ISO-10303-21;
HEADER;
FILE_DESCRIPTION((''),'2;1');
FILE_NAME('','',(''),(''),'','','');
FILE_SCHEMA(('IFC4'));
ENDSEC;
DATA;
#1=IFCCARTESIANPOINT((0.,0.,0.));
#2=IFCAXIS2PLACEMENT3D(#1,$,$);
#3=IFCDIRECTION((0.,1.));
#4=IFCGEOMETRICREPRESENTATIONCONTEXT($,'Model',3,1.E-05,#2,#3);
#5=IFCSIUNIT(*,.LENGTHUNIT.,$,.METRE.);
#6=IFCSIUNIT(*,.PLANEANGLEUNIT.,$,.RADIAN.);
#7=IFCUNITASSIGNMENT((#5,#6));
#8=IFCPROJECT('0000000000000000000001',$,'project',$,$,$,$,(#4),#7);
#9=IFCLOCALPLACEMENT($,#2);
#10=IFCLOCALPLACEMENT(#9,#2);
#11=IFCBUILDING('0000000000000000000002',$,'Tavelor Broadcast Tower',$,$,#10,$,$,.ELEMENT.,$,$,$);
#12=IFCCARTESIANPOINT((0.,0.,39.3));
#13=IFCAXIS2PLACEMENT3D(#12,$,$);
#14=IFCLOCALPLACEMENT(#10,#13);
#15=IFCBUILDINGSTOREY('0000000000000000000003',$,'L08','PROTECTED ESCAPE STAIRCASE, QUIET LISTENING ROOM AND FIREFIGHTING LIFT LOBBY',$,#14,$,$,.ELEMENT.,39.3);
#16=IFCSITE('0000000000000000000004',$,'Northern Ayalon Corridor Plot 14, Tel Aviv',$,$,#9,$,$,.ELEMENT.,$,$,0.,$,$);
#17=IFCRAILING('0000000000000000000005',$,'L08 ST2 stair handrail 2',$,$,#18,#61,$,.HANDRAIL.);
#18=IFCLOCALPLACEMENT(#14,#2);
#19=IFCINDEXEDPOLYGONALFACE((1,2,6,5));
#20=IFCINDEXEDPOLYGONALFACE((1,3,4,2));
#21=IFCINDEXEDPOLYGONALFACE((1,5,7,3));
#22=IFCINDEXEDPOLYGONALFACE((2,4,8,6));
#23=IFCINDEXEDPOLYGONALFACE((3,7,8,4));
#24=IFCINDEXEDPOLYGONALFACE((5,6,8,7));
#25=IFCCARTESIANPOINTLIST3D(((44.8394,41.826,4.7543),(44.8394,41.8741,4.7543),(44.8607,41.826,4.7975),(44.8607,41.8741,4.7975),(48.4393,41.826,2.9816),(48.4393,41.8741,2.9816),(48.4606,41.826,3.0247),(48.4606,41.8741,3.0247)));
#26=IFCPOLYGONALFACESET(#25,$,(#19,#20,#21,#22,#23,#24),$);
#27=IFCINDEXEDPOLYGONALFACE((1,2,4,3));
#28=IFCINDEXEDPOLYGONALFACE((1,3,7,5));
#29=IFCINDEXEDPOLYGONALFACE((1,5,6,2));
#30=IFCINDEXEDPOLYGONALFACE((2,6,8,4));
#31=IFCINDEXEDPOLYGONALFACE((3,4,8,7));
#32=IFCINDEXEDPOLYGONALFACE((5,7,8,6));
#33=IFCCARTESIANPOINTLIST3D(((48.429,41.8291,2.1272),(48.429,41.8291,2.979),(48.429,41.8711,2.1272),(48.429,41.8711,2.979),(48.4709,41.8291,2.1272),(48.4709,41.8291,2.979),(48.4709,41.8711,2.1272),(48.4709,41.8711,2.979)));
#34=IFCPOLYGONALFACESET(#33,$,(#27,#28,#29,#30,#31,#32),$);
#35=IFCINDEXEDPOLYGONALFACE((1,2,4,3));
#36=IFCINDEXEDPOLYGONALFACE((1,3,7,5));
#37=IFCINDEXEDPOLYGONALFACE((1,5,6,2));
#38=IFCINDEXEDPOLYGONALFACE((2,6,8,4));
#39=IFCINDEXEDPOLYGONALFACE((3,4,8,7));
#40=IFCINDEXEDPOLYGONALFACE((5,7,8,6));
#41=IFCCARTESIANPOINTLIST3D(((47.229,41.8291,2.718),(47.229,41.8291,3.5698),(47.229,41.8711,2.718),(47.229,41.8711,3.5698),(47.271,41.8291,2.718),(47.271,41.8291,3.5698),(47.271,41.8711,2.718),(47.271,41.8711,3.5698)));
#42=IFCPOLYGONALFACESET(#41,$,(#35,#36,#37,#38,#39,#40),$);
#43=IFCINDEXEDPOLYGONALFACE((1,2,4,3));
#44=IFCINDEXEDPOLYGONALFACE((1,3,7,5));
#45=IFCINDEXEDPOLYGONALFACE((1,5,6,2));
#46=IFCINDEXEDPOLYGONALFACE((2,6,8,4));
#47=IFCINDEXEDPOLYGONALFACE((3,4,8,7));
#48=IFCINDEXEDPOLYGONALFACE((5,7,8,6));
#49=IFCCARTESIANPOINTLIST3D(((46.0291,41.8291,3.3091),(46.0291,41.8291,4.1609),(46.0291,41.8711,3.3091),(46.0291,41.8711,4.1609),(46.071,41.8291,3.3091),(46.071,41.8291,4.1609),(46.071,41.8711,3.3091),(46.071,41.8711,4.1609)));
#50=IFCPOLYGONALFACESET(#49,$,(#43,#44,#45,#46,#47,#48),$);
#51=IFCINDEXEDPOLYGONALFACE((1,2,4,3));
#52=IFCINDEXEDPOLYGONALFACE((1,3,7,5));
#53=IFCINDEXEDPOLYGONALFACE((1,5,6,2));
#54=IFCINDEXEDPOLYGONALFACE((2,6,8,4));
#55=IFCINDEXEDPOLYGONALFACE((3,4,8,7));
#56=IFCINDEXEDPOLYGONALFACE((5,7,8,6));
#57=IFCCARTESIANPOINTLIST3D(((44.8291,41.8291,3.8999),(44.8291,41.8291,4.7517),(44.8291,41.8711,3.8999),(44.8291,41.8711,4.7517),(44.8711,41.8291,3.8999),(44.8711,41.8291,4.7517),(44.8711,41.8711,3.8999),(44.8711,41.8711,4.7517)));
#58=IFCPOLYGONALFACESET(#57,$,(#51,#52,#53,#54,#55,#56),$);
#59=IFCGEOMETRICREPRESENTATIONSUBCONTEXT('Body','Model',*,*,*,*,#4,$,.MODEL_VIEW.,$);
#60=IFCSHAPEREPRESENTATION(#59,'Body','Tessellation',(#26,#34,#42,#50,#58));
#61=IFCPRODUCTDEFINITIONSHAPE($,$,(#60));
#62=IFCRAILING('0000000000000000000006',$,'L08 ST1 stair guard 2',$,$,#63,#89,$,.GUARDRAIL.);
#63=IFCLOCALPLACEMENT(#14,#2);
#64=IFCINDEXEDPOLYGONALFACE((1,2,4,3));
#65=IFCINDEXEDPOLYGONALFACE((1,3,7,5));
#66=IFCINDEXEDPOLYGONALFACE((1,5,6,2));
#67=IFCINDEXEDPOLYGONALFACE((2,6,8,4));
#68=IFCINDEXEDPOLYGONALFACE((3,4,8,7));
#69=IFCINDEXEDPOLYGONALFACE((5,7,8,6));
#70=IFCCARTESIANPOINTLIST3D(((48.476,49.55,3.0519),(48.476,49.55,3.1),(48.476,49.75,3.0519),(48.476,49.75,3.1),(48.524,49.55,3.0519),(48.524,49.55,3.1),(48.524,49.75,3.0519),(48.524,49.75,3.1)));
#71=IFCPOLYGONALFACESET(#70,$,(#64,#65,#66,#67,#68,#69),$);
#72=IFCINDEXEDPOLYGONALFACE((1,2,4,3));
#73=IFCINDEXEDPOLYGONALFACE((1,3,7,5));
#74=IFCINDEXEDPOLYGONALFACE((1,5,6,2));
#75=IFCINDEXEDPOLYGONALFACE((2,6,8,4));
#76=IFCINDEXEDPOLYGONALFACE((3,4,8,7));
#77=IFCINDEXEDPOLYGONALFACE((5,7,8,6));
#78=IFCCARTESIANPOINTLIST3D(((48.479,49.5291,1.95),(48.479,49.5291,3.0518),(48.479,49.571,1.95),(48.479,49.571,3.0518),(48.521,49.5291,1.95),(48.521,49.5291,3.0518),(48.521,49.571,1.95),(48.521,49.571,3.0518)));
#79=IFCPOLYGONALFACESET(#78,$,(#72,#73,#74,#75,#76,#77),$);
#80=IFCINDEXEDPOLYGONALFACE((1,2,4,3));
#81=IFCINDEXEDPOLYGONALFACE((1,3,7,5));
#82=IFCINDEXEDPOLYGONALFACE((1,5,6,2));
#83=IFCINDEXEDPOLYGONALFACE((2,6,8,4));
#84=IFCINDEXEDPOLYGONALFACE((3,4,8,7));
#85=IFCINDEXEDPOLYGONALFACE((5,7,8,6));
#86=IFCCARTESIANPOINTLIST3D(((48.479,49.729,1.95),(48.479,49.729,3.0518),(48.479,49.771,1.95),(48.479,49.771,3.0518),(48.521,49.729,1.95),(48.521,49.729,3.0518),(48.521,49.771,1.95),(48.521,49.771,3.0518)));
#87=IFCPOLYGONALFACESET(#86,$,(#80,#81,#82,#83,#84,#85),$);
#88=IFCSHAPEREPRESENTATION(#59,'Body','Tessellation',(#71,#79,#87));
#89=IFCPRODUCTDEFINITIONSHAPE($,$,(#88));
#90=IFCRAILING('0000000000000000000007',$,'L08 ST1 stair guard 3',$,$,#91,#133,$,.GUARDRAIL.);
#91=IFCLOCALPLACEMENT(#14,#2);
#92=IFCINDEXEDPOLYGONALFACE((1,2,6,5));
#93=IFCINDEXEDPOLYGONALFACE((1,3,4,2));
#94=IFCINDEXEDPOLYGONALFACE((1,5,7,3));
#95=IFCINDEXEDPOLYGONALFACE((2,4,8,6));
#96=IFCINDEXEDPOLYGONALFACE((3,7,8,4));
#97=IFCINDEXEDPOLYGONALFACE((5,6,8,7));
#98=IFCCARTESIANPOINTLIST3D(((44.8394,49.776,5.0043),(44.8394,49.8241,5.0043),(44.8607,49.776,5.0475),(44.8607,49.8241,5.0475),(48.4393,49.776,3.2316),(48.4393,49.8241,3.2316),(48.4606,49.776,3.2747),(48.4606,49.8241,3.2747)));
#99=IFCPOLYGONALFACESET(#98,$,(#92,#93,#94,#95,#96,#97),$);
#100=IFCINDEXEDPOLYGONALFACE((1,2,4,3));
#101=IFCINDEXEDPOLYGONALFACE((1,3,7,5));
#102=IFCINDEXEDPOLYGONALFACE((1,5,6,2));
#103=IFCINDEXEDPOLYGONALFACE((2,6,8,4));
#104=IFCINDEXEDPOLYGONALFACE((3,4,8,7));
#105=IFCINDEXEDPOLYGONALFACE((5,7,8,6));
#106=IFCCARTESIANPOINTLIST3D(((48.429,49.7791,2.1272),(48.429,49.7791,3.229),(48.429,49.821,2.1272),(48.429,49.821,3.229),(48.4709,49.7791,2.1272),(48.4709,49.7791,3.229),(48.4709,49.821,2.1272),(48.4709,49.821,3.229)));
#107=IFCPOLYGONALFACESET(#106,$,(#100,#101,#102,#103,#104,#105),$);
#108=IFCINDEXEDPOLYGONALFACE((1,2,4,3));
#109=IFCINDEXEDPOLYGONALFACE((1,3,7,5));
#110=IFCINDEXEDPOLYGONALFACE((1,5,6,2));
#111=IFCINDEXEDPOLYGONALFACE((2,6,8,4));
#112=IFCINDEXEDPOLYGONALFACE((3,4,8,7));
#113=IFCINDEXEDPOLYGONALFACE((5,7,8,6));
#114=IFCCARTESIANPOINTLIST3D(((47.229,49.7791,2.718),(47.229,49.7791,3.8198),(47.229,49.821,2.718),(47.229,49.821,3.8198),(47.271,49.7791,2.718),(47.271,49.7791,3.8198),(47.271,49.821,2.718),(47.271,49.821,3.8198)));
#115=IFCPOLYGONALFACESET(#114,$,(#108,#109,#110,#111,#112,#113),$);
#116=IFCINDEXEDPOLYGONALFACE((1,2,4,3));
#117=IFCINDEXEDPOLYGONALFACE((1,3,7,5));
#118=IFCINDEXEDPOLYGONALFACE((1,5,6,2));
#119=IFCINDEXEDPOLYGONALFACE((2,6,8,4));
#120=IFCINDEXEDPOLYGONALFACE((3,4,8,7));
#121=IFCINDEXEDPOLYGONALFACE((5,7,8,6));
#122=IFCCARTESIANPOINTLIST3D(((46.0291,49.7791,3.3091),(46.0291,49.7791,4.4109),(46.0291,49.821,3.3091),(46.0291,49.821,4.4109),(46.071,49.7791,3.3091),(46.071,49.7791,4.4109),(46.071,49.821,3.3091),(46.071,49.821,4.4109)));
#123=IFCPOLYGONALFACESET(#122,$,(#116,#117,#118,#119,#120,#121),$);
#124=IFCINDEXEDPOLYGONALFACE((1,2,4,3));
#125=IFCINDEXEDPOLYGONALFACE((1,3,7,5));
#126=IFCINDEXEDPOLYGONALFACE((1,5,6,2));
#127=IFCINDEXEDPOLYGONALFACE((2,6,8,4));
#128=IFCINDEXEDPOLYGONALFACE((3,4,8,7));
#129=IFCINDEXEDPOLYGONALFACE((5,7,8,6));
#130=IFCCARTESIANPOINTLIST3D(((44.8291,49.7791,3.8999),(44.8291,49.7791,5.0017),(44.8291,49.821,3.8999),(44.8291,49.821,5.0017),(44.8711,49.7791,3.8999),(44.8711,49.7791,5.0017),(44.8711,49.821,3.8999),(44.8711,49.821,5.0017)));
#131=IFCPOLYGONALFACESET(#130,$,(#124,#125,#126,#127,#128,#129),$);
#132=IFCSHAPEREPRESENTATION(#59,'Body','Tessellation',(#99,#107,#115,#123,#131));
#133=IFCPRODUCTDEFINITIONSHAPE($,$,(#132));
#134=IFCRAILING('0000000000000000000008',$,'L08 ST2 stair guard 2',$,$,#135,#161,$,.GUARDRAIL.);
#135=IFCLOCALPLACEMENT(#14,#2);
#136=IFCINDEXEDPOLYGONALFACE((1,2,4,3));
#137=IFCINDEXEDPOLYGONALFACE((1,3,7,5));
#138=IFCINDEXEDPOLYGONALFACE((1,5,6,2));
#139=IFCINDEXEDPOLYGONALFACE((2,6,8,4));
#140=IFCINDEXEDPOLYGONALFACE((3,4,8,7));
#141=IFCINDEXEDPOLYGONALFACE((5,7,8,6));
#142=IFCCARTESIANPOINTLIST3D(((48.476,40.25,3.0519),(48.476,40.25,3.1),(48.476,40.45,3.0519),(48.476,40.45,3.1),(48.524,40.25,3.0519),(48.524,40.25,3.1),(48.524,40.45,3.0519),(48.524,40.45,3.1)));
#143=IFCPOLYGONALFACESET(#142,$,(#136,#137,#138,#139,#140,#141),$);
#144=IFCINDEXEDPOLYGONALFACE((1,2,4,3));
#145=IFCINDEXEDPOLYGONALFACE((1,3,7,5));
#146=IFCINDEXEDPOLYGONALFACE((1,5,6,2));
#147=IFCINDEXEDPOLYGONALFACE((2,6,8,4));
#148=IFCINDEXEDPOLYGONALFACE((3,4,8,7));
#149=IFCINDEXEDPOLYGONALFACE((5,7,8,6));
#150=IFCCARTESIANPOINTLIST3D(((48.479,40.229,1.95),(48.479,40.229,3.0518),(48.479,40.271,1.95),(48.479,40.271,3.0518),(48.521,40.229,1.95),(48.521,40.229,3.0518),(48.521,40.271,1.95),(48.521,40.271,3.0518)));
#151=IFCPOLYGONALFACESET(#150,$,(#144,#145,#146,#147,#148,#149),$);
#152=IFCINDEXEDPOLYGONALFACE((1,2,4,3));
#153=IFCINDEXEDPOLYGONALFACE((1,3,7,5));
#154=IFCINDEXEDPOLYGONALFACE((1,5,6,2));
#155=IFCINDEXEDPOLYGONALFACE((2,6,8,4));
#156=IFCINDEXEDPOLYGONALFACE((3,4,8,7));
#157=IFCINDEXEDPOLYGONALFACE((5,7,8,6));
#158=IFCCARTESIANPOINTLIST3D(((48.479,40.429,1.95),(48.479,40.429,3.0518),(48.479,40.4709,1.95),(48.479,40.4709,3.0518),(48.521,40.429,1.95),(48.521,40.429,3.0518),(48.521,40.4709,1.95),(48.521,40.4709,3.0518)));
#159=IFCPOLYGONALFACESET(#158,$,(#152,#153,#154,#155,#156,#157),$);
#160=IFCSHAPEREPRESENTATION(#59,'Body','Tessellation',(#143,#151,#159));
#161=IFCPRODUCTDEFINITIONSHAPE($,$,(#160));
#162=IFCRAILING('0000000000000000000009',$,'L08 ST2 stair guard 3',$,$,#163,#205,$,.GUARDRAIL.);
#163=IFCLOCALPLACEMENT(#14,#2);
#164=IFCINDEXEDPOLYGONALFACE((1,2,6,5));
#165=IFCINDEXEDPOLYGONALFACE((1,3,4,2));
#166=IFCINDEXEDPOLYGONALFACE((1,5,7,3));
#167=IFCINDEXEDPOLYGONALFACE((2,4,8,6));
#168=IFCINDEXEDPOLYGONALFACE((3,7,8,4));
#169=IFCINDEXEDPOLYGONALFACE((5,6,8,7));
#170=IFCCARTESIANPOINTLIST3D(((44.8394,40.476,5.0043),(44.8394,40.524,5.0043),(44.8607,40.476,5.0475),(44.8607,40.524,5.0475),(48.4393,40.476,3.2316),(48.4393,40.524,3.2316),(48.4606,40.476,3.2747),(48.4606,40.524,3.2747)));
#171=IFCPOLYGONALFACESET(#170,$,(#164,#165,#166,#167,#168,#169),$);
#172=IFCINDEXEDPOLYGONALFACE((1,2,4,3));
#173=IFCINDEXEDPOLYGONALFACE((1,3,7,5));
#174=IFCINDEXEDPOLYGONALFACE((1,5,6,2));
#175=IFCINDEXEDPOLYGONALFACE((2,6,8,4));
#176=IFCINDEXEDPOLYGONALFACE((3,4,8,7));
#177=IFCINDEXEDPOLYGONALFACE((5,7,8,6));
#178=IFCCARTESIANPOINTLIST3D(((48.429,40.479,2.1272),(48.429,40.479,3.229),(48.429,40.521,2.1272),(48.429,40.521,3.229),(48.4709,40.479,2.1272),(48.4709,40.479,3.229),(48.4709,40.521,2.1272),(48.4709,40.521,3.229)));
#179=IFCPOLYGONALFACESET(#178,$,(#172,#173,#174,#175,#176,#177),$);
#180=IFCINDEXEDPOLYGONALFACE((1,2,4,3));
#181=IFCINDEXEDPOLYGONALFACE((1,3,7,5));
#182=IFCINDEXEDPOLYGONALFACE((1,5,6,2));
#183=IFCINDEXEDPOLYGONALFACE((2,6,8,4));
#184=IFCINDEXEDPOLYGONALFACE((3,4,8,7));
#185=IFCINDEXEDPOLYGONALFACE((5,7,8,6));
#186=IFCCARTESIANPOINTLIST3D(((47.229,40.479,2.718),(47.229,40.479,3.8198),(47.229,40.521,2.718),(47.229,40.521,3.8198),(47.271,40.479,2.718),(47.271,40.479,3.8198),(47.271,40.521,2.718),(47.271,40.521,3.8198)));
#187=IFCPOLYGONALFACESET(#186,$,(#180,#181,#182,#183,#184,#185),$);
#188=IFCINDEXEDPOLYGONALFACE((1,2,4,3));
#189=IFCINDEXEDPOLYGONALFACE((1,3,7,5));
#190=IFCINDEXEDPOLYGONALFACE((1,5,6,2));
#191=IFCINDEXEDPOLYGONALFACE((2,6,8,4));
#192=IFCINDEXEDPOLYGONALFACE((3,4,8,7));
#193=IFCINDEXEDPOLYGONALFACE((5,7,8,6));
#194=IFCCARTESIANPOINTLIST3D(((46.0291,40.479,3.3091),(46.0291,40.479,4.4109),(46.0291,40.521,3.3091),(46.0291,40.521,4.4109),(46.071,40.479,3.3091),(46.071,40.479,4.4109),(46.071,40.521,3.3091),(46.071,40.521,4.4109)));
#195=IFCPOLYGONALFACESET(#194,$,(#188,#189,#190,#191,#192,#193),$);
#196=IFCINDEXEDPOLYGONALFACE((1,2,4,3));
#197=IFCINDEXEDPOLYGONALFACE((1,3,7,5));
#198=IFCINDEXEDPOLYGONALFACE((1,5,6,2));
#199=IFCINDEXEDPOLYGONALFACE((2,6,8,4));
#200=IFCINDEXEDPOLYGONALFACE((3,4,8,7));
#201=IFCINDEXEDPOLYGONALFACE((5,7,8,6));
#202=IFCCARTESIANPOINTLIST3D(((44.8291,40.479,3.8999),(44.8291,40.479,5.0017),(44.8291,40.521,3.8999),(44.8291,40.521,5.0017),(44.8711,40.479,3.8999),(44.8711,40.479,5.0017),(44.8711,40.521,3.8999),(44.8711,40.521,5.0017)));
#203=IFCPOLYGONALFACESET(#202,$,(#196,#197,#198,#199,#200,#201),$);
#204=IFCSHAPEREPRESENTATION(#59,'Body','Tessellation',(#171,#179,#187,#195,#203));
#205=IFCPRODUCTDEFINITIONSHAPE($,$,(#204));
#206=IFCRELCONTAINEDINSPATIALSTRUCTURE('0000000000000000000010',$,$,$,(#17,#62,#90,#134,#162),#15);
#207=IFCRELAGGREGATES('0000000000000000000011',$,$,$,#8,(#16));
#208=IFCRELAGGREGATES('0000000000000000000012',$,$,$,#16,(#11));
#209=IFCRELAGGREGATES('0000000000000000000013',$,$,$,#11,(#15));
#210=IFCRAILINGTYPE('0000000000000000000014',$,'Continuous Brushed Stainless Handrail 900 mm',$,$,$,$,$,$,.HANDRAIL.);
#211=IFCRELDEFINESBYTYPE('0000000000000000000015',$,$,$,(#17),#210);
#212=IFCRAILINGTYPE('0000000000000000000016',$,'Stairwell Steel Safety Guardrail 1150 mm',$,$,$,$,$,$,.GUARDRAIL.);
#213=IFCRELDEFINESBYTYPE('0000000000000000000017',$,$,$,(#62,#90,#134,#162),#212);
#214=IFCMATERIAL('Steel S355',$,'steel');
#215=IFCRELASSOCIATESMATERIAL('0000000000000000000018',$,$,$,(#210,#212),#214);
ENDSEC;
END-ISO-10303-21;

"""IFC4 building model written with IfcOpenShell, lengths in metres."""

from ifc_helpers import new_model, si_unit, direction, frame, origin, origin_2d, place, context, subcontext, project, spatial, rectangle, extrude, material, type_object, element, save


model = new_model("IFC4")

# Units and contexts
model_context = context("Model", 3, precision=1e-05, world=origin(), true_north=direction((0.0, 1.0)))
body_context = subcontext(model_context, "Body", "Model", "MODEL_VIEW")
ifc_project = project(units=[si_unit("LENGTHUNIT", "METRE"), si_unit("PLANEANGLEUNIT", "RADIAN")], contexts=[model_context])

# Site, building, storey
site_placement = place(None, origin())
site = spatial("IfcSite", under=ifc_project, at=site_placement, Name="Northern Ayalon Corridor Plot 14, Tel Aviv", CompositionType="ELEMENT", RefElevation=0.0)
building_placement = place(site_placement, origin())
building = spatial("IfcBuilding", under=site, at=building_placement, Name="Tavelor Broadcast Tower", CompositionType="ELEMENT")
storey_placement = place(building_placement, frame((0.0, 0.0, 39.3)))
storey = spatial("IfcBuildingStorey", under=building, at=storey_placement, Name="L08", Description="PROTECTED ESCAPE STAIRCASE, QUIET LISTENING ROOM AND FIREFIGHTING LIFT LOBBY", CompositionType="ELEMENT", Elevation=39.3)

# Shared definitions
ifc_material_1 = material(Name="Steel S355", Category="steel")

# Railings
railing_type_1 = type_object("IfcRailingType", Name="Continuous Brushed Stainless Handrail 900 mm", PredefinedType="HANDRAIL", material=ifc_material_1)
for number, where, name in (
    (1, (48.45, 41.8501, 2.1272), "L08 ST2 stair handrail 2"),
):
    element("IfcRailing", number, at=place(storey_placement, frame(where)), inside=storey, type_object=railing_type_1, Name=name, PredefinedType="HANDRAIL", context=body_context, shape_type="SweptSolid", body=[
        extrude(rectangle(XDim=0.0481, YDim=0.0481, at=origin_2d()), frame((0.0, 0.0, 0.876), z_axis=(-0.897124, 0.0, 0.441778), x_axis=(0.0, -1.0, 0.0)), (0.0, 0.0, 1.0), 4.0127),
        extrude(rectangle(XDim=0.042, YDim=0.042, at=origin_2d()), origin(), (0.0, 0.0, 1.0), 0.8518),
        extrude(rectangle(XDim=0.042, YDim=0.042, at=origin_2d()), frame((-1.2, 0.0, 0.5908)), (0.0, 0.0, 1.0), 0.8518),
        extrude(rectangle(XDim=0.042, YDim=0.042, at=origin_2d()), frame((-2.3999, 0.0, 1.1819)), (0.0, 0.0, 1.0), 0.8518),
        extrude(rectangle(XDim=0.042, YDim=0.042, at=origin_2d()), frame((-3.5999, 0.0, 1.7727)), (0.0, 0.0, 1.0), 0.8518),
    ])
railing_type_2 = type_object("IfcRailingType", Name="Stairwell Steel Safety Guardrail 1150 mm", PredefinedType="GUARDRAIL", material=ifc_material_1)
railing_1_placement = place(storey_placement, frame((48.5, 49.55, 1.95)))
element("IfcRailing", 2, at=railing_1_placement, inside=storey, type_object=railing_type_2, Name="L08 ST1 stair guard 2", PredefinedType="GUARDRAIL", context=body_context, shape_type="SweptSolid", body=[
    extrude(rectangle(XDim=0.0481, YDim=0.0481, at=origin_2d()), frame((0.0, 0.0, 1.126), z_axis=(0.0, 1.0, 0.0), x_axis=(-1.0, 0.0, 0.0)), (0.0, 0.0, 1.0), 0.2),
    extrude(rectangle(XDim=0.042, YDim=0.042, at=origin_2d()), origin(), (0.0, 0.0, 1.0), 1.1018),
    extrude(rectangle(XDim=0.042, YDim=0.042, at=origin_2d()), frame((0.0, 0.2, 0.0)), (0.0, 0.0, 1.0), 1.1018),
])
railing_2_placement = place(storey_placement, frame((48.45, 49.8, 2.1272)))
element("IfcRailing", 3, at=railing_2_placement, inside=storey, type_object=railing_type_2, Name="L08 ST1 stair guard 3", PredefinedType="GUARDRAIL", context=body_context, shape_type="SweptSolid", body=[
    extrude(rectangle(XDim=0.0481, YDim=0.0481, at=origin_2d()), frame((0.0, 0.0, 1.126), z_axis=(-0.897124, 0.0, 0.441778), x_axis=(0.0, -1.0, 0.0)), (0.0, 0.0, 1.0), 4.0127),
    extrude(rectangle(XDim=0.042, YDim=0.042, at=origin_2d()), origin(), (0.0, 0.0, 1.0), 1.1018),
    extrude(rectangle(XDim=0.042, YDim=0.042, at=origin_2d()), frame((-1.2, 0.0, 0.5908)), (0.0, 0.0, 1.0), 1.1018),
    extrude(rectangle(XDim=0.042, YDim=0.042, at=origin_2d()), frame((-2.3999, 0.0, 1.1819)), (0.0, 0.0, 1.0), 1.1018),
    extrude(rectangle(XDim=0.042, YDim=0.042, at=origin_2d()), frame((-3.5999, 0.0, 1.7727)), (0.0, 0.0, 1.0), 1.1018),
])
railing_3_placement = place(storey_placement, frame((48.5, 40.25, 1.95)))
element("IfcRailing", 4, at=railing_3_placement, inside=storey, type_object=railing_type_2, Name="L08 ST2 stair guard 2", PredefinedType="GUARDRAIL", context=body_context, shape_type="SweptSolid", body=[
    extrude(rectangle(XDim=0.0481, YDim=0.0481, at=origin_2d()), frame((0.0, 0.0, 1.126), z_axis=(0.0, 1.0, 0.0), x_axis=(-1.0, 0.0, 0.0)), (0.0, 0.0, 1.0), 0.2),
    extrude(rectangle(XDim=0.042, YDim=0.042, at=origin_2d()), origin(), (0.0, 0.0, 1.0), 1.1018),
    extrude(rectangle(XDim=0.042, YDim=0.042, at=origin_2d()), frame((0.0, 0.2, 0.0)), (0.0, 0.0, 1.0), 1.1018),
])
railing_4_placement = place(storey_placement, frame((48.45, 40.5, 2.1272)))
element("IfcRailing", 5, at=railing_4_placement, inside=storey, type_object=railing_type_2, Name="L08 ST2 stair guard 3", PredefinedType="GUARDRAIL", context=body_context, shape_type="SweptSolid", body=[
    extrude(rectangle(XDim=0.0481, YDim=0.0481, at=origin_2d()), frame((0.0, 0.0, 1.126), z_axis=(-0.897124, 0.0, 0.441778), x_axis=(0.0, -1.0, 0.0)), (0.0, 0.0, 1.0), 4.0127),
    extrude(rectangle(XDim=0.042, YDim=0.042, at=origin_2d()), origin(), (0.0, 0.0, 1.0), 1.1018),
    extrude(rectangle(XDim=0.042, YDim=0.042, at=origin_2d()), frame((-1.2, 0.0, 0.5908)), (0.0, 0.0, 1.0), 1.1018),
    extrude(rectangle(XDim=0.042, YDim=0.042, at=origin_2d()), frame((-2.3999, 0.0, 1.1819)), (0.0, 0.0, 1.0), 1.1018),
    extrude(rectangle(XDim=0.042, YDim=0.042, at=origin_2d()), frame((-3.5999, 0.0, 1.7727)), (0.0, 0.0, 1.0), 1.1018),
])

save(model, "model.ifc")
